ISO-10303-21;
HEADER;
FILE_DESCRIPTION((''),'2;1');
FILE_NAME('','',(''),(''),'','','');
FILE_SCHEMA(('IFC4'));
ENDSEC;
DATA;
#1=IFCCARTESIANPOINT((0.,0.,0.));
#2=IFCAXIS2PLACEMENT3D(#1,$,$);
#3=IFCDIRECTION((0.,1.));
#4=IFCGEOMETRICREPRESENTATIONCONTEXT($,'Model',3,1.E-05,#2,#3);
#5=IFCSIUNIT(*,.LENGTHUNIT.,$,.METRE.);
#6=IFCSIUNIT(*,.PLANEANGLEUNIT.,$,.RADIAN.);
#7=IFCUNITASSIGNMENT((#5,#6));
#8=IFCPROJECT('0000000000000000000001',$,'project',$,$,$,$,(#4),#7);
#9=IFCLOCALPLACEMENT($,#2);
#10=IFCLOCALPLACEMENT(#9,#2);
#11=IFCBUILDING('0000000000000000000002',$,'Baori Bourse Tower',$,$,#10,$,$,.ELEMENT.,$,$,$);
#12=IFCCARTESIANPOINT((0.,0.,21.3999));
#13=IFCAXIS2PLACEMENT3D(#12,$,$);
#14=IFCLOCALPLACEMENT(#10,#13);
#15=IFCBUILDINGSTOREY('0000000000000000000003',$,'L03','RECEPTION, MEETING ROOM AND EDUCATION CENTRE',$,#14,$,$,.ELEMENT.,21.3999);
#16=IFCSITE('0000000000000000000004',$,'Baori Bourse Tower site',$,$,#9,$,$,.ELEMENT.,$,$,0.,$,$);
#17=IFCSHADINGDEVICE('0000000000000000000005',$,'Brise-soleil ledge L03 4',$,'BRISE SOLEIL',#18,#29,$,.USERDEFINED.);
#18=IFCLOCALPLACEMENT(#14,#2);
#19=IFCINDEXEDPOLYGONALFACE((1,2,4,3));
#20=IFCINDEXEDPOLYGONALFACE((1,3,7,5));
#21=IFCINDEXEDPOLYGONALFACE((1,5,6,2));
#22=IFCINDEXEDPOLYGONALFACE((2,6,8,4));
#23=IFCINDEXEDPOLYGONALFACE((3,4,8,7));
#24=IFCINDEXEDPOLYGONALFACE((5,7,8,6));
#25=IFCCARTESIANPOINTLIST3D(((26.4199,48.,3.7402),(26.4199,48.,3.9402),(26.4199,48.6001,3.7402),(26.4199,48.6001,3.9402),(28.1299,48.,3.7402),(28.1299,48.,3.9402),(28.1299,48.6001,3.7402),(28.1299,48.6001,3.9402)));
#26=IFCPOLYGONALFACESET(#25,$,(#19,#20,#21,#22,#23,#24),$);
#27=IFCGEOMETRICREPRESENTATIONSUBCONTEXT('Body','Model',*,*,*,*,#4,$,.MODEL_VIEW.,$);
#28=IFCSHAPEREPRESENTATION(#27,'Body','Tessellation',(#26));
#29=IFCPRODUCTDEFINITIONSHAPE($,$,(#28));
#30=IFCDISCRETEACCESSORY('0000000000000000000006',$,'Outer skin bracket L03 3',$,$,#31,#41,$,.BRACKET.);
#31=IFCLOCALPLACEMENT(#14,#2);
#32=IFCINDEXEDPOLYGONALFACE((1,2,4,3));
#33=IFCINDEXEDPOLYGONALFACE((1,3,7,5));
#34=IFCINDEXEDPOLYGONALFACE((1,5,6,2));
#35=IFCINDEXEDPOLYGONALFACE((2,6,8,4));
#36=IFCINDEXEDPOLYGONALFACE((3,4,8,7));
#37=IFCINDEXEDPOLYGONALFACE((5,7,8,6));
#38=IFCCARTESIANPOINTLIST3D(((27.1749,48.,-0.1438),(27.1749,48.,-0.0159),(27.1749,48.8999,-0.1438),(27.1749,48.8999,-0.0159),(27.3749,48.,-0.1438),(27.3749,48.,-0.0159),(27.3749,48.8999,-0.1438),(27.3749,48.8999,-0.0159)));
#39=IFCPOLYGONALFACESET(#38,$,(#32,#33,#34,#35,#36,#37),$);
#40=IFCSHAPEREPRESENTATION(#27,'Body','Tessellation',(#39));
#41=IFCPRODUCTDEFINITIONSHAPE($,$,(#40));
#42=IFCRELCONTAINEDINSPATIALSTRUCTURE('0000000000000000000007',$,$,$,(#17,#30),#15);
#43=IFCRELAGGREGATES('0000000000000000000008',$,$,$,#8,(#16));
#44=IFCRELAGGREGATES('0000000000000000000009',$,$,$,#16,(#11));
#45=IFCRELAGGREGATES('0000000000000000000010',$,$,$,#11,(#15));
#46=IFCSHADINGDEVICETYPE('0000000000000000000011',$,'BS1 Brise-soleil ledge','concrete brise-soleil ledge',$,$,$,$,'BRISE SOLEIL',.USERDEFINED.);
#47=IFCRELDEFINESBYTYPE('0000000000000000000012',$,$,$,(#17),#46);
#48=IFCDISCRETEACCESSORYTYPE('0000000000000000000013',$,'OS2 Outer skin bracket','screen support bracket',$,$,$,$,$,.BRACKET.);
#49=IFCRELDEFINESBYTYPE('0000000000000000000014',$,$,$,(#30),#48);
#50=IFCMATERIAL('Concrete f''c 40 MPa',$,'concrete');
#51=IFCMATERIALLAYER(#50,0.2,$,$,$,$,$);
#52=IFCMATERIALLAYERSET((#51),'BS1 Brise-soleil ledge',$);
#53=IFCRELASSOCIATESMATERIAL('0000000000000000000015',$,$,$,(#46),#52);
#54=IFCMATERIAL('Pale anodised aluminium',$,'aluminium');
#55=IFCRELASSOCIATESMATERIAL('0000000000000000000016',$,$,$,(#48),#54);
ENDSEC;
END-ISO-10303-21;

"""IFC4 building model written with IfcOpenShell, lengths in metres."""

from ifc_helpers import new_model, si_unit, direction, frame, origin, origin_2d, place, context, subcontext, project, spatial, rectangle, extrude, material, layer, layer_set, type_object, element, save


model = new_model("IFC4")

# Units and contexts
model_context = context("Model", 3, precision=1e-05, world=origin(), true_north=direction((0.0, 1.0)))
body_context = subcontext(model_context, "Body", "Model", "MODEL_VIEW")
ifc_project = project(units=[si_unit("LENGTHUNIT", "METRE"), si_unit("PLANEANGLEUNIT", "RADIAN")], contexts=[model_context])

# Site, building, storey
site_placement = place(None, origin())
site = spatial("IfcSite", under=ifc_project, at=site_placement, Name="Baori Bourse Tower site", CompositionType="ELEMENT", RefElevation=0.0)
building_placement = place(site_placement, origin())
building = spatial("IfcBuilding", under=site, at=building_placement, Name="Baori Bourse Tower", CompositionType="ELEMENT")
storey_placement = place(building_placement, frame((0.0, 0.0, 21.3999)))
storey = spatial("IfcBuildingStorey", under=building, at=storey_placement, Name="L03", Description="RECEPTION, MEETING ROOM AND EDUCATION CENTRE", CompositionType="ELEMENT", Elevation=21.3999)

# Shading device
ifc_material_1 = material(Name="Concrete f'c 40 MPa", Category="concrete")
ifc_layer_1 = layer(ifc_material_1, 0.2)
ifc_layer_set_1 = layer_set([ifc_layer_1], Name="BS1 Brise-soleil ledge")
shading_device_type = type_object("IfcShadingDeviceType", Name="BS1 Brise-soleil ledge", Description="concrete brise-soleil ledge", ElementType="BRISE SOLEIL", PredefinedType="USERDEFINED", material=ifc_layer_set_1)
shading_device_placement = place(storey_placement, frame((27.2749, 48.3, 3.7402), z_axis=(0.0, 0.0, 1.0), x_axis=(-1.0, 0.0, 0.0)))
element("IfcShadingDevice", 1, at=shading_device_placement, inside=storey, type_object=shading_device_type, Name="Brise-soleil ledge L03 4", ObjectType="BRISE SOLEIL", PredefinedType="USERDEFINED", context=body_context, shape_type="SweptSolid", body=[
    extrude(rectangle(XDim=1.71, YDim=0.6001, at=origin_2d()), origin(), (0.0, 0.0, 1.0), 0.2),
])

# Discrete accessory
ifc_material_2 = material(Name="Pale anodised aluminium", Category="aluminium")
discrete_accessory_type = type_object("IfcDiscreteAccessoryType", Name="OS2 Outer skin bracket", Description="screen support bracket", PredefinedType="BRACKET", material=ifc_material_2)
discrete_accessory_placement = place(storey_placement, frame((27.2749, 48.45, -0.1438), z_axis=(0.0, 0.0, 1.0), x_axis=(-1.0, 0.0, 0.0)))
element("IfcDiscreteAccessory", 2, at=discrete_accessory_placement, inside=storey, type_object=discrete_accessory_type, Name="Outer skin bracket L03 3", PredefinedType="BRACKET", context=body_context, shape_type="SweptSolid", body=[
    extrude(rectangle(XDim=0.2, YDim=0.8999, at=origin_2d()), origin(), (0.0, 0.0, 1.0), 0.1279),
])

save(model, "model.ifc")
